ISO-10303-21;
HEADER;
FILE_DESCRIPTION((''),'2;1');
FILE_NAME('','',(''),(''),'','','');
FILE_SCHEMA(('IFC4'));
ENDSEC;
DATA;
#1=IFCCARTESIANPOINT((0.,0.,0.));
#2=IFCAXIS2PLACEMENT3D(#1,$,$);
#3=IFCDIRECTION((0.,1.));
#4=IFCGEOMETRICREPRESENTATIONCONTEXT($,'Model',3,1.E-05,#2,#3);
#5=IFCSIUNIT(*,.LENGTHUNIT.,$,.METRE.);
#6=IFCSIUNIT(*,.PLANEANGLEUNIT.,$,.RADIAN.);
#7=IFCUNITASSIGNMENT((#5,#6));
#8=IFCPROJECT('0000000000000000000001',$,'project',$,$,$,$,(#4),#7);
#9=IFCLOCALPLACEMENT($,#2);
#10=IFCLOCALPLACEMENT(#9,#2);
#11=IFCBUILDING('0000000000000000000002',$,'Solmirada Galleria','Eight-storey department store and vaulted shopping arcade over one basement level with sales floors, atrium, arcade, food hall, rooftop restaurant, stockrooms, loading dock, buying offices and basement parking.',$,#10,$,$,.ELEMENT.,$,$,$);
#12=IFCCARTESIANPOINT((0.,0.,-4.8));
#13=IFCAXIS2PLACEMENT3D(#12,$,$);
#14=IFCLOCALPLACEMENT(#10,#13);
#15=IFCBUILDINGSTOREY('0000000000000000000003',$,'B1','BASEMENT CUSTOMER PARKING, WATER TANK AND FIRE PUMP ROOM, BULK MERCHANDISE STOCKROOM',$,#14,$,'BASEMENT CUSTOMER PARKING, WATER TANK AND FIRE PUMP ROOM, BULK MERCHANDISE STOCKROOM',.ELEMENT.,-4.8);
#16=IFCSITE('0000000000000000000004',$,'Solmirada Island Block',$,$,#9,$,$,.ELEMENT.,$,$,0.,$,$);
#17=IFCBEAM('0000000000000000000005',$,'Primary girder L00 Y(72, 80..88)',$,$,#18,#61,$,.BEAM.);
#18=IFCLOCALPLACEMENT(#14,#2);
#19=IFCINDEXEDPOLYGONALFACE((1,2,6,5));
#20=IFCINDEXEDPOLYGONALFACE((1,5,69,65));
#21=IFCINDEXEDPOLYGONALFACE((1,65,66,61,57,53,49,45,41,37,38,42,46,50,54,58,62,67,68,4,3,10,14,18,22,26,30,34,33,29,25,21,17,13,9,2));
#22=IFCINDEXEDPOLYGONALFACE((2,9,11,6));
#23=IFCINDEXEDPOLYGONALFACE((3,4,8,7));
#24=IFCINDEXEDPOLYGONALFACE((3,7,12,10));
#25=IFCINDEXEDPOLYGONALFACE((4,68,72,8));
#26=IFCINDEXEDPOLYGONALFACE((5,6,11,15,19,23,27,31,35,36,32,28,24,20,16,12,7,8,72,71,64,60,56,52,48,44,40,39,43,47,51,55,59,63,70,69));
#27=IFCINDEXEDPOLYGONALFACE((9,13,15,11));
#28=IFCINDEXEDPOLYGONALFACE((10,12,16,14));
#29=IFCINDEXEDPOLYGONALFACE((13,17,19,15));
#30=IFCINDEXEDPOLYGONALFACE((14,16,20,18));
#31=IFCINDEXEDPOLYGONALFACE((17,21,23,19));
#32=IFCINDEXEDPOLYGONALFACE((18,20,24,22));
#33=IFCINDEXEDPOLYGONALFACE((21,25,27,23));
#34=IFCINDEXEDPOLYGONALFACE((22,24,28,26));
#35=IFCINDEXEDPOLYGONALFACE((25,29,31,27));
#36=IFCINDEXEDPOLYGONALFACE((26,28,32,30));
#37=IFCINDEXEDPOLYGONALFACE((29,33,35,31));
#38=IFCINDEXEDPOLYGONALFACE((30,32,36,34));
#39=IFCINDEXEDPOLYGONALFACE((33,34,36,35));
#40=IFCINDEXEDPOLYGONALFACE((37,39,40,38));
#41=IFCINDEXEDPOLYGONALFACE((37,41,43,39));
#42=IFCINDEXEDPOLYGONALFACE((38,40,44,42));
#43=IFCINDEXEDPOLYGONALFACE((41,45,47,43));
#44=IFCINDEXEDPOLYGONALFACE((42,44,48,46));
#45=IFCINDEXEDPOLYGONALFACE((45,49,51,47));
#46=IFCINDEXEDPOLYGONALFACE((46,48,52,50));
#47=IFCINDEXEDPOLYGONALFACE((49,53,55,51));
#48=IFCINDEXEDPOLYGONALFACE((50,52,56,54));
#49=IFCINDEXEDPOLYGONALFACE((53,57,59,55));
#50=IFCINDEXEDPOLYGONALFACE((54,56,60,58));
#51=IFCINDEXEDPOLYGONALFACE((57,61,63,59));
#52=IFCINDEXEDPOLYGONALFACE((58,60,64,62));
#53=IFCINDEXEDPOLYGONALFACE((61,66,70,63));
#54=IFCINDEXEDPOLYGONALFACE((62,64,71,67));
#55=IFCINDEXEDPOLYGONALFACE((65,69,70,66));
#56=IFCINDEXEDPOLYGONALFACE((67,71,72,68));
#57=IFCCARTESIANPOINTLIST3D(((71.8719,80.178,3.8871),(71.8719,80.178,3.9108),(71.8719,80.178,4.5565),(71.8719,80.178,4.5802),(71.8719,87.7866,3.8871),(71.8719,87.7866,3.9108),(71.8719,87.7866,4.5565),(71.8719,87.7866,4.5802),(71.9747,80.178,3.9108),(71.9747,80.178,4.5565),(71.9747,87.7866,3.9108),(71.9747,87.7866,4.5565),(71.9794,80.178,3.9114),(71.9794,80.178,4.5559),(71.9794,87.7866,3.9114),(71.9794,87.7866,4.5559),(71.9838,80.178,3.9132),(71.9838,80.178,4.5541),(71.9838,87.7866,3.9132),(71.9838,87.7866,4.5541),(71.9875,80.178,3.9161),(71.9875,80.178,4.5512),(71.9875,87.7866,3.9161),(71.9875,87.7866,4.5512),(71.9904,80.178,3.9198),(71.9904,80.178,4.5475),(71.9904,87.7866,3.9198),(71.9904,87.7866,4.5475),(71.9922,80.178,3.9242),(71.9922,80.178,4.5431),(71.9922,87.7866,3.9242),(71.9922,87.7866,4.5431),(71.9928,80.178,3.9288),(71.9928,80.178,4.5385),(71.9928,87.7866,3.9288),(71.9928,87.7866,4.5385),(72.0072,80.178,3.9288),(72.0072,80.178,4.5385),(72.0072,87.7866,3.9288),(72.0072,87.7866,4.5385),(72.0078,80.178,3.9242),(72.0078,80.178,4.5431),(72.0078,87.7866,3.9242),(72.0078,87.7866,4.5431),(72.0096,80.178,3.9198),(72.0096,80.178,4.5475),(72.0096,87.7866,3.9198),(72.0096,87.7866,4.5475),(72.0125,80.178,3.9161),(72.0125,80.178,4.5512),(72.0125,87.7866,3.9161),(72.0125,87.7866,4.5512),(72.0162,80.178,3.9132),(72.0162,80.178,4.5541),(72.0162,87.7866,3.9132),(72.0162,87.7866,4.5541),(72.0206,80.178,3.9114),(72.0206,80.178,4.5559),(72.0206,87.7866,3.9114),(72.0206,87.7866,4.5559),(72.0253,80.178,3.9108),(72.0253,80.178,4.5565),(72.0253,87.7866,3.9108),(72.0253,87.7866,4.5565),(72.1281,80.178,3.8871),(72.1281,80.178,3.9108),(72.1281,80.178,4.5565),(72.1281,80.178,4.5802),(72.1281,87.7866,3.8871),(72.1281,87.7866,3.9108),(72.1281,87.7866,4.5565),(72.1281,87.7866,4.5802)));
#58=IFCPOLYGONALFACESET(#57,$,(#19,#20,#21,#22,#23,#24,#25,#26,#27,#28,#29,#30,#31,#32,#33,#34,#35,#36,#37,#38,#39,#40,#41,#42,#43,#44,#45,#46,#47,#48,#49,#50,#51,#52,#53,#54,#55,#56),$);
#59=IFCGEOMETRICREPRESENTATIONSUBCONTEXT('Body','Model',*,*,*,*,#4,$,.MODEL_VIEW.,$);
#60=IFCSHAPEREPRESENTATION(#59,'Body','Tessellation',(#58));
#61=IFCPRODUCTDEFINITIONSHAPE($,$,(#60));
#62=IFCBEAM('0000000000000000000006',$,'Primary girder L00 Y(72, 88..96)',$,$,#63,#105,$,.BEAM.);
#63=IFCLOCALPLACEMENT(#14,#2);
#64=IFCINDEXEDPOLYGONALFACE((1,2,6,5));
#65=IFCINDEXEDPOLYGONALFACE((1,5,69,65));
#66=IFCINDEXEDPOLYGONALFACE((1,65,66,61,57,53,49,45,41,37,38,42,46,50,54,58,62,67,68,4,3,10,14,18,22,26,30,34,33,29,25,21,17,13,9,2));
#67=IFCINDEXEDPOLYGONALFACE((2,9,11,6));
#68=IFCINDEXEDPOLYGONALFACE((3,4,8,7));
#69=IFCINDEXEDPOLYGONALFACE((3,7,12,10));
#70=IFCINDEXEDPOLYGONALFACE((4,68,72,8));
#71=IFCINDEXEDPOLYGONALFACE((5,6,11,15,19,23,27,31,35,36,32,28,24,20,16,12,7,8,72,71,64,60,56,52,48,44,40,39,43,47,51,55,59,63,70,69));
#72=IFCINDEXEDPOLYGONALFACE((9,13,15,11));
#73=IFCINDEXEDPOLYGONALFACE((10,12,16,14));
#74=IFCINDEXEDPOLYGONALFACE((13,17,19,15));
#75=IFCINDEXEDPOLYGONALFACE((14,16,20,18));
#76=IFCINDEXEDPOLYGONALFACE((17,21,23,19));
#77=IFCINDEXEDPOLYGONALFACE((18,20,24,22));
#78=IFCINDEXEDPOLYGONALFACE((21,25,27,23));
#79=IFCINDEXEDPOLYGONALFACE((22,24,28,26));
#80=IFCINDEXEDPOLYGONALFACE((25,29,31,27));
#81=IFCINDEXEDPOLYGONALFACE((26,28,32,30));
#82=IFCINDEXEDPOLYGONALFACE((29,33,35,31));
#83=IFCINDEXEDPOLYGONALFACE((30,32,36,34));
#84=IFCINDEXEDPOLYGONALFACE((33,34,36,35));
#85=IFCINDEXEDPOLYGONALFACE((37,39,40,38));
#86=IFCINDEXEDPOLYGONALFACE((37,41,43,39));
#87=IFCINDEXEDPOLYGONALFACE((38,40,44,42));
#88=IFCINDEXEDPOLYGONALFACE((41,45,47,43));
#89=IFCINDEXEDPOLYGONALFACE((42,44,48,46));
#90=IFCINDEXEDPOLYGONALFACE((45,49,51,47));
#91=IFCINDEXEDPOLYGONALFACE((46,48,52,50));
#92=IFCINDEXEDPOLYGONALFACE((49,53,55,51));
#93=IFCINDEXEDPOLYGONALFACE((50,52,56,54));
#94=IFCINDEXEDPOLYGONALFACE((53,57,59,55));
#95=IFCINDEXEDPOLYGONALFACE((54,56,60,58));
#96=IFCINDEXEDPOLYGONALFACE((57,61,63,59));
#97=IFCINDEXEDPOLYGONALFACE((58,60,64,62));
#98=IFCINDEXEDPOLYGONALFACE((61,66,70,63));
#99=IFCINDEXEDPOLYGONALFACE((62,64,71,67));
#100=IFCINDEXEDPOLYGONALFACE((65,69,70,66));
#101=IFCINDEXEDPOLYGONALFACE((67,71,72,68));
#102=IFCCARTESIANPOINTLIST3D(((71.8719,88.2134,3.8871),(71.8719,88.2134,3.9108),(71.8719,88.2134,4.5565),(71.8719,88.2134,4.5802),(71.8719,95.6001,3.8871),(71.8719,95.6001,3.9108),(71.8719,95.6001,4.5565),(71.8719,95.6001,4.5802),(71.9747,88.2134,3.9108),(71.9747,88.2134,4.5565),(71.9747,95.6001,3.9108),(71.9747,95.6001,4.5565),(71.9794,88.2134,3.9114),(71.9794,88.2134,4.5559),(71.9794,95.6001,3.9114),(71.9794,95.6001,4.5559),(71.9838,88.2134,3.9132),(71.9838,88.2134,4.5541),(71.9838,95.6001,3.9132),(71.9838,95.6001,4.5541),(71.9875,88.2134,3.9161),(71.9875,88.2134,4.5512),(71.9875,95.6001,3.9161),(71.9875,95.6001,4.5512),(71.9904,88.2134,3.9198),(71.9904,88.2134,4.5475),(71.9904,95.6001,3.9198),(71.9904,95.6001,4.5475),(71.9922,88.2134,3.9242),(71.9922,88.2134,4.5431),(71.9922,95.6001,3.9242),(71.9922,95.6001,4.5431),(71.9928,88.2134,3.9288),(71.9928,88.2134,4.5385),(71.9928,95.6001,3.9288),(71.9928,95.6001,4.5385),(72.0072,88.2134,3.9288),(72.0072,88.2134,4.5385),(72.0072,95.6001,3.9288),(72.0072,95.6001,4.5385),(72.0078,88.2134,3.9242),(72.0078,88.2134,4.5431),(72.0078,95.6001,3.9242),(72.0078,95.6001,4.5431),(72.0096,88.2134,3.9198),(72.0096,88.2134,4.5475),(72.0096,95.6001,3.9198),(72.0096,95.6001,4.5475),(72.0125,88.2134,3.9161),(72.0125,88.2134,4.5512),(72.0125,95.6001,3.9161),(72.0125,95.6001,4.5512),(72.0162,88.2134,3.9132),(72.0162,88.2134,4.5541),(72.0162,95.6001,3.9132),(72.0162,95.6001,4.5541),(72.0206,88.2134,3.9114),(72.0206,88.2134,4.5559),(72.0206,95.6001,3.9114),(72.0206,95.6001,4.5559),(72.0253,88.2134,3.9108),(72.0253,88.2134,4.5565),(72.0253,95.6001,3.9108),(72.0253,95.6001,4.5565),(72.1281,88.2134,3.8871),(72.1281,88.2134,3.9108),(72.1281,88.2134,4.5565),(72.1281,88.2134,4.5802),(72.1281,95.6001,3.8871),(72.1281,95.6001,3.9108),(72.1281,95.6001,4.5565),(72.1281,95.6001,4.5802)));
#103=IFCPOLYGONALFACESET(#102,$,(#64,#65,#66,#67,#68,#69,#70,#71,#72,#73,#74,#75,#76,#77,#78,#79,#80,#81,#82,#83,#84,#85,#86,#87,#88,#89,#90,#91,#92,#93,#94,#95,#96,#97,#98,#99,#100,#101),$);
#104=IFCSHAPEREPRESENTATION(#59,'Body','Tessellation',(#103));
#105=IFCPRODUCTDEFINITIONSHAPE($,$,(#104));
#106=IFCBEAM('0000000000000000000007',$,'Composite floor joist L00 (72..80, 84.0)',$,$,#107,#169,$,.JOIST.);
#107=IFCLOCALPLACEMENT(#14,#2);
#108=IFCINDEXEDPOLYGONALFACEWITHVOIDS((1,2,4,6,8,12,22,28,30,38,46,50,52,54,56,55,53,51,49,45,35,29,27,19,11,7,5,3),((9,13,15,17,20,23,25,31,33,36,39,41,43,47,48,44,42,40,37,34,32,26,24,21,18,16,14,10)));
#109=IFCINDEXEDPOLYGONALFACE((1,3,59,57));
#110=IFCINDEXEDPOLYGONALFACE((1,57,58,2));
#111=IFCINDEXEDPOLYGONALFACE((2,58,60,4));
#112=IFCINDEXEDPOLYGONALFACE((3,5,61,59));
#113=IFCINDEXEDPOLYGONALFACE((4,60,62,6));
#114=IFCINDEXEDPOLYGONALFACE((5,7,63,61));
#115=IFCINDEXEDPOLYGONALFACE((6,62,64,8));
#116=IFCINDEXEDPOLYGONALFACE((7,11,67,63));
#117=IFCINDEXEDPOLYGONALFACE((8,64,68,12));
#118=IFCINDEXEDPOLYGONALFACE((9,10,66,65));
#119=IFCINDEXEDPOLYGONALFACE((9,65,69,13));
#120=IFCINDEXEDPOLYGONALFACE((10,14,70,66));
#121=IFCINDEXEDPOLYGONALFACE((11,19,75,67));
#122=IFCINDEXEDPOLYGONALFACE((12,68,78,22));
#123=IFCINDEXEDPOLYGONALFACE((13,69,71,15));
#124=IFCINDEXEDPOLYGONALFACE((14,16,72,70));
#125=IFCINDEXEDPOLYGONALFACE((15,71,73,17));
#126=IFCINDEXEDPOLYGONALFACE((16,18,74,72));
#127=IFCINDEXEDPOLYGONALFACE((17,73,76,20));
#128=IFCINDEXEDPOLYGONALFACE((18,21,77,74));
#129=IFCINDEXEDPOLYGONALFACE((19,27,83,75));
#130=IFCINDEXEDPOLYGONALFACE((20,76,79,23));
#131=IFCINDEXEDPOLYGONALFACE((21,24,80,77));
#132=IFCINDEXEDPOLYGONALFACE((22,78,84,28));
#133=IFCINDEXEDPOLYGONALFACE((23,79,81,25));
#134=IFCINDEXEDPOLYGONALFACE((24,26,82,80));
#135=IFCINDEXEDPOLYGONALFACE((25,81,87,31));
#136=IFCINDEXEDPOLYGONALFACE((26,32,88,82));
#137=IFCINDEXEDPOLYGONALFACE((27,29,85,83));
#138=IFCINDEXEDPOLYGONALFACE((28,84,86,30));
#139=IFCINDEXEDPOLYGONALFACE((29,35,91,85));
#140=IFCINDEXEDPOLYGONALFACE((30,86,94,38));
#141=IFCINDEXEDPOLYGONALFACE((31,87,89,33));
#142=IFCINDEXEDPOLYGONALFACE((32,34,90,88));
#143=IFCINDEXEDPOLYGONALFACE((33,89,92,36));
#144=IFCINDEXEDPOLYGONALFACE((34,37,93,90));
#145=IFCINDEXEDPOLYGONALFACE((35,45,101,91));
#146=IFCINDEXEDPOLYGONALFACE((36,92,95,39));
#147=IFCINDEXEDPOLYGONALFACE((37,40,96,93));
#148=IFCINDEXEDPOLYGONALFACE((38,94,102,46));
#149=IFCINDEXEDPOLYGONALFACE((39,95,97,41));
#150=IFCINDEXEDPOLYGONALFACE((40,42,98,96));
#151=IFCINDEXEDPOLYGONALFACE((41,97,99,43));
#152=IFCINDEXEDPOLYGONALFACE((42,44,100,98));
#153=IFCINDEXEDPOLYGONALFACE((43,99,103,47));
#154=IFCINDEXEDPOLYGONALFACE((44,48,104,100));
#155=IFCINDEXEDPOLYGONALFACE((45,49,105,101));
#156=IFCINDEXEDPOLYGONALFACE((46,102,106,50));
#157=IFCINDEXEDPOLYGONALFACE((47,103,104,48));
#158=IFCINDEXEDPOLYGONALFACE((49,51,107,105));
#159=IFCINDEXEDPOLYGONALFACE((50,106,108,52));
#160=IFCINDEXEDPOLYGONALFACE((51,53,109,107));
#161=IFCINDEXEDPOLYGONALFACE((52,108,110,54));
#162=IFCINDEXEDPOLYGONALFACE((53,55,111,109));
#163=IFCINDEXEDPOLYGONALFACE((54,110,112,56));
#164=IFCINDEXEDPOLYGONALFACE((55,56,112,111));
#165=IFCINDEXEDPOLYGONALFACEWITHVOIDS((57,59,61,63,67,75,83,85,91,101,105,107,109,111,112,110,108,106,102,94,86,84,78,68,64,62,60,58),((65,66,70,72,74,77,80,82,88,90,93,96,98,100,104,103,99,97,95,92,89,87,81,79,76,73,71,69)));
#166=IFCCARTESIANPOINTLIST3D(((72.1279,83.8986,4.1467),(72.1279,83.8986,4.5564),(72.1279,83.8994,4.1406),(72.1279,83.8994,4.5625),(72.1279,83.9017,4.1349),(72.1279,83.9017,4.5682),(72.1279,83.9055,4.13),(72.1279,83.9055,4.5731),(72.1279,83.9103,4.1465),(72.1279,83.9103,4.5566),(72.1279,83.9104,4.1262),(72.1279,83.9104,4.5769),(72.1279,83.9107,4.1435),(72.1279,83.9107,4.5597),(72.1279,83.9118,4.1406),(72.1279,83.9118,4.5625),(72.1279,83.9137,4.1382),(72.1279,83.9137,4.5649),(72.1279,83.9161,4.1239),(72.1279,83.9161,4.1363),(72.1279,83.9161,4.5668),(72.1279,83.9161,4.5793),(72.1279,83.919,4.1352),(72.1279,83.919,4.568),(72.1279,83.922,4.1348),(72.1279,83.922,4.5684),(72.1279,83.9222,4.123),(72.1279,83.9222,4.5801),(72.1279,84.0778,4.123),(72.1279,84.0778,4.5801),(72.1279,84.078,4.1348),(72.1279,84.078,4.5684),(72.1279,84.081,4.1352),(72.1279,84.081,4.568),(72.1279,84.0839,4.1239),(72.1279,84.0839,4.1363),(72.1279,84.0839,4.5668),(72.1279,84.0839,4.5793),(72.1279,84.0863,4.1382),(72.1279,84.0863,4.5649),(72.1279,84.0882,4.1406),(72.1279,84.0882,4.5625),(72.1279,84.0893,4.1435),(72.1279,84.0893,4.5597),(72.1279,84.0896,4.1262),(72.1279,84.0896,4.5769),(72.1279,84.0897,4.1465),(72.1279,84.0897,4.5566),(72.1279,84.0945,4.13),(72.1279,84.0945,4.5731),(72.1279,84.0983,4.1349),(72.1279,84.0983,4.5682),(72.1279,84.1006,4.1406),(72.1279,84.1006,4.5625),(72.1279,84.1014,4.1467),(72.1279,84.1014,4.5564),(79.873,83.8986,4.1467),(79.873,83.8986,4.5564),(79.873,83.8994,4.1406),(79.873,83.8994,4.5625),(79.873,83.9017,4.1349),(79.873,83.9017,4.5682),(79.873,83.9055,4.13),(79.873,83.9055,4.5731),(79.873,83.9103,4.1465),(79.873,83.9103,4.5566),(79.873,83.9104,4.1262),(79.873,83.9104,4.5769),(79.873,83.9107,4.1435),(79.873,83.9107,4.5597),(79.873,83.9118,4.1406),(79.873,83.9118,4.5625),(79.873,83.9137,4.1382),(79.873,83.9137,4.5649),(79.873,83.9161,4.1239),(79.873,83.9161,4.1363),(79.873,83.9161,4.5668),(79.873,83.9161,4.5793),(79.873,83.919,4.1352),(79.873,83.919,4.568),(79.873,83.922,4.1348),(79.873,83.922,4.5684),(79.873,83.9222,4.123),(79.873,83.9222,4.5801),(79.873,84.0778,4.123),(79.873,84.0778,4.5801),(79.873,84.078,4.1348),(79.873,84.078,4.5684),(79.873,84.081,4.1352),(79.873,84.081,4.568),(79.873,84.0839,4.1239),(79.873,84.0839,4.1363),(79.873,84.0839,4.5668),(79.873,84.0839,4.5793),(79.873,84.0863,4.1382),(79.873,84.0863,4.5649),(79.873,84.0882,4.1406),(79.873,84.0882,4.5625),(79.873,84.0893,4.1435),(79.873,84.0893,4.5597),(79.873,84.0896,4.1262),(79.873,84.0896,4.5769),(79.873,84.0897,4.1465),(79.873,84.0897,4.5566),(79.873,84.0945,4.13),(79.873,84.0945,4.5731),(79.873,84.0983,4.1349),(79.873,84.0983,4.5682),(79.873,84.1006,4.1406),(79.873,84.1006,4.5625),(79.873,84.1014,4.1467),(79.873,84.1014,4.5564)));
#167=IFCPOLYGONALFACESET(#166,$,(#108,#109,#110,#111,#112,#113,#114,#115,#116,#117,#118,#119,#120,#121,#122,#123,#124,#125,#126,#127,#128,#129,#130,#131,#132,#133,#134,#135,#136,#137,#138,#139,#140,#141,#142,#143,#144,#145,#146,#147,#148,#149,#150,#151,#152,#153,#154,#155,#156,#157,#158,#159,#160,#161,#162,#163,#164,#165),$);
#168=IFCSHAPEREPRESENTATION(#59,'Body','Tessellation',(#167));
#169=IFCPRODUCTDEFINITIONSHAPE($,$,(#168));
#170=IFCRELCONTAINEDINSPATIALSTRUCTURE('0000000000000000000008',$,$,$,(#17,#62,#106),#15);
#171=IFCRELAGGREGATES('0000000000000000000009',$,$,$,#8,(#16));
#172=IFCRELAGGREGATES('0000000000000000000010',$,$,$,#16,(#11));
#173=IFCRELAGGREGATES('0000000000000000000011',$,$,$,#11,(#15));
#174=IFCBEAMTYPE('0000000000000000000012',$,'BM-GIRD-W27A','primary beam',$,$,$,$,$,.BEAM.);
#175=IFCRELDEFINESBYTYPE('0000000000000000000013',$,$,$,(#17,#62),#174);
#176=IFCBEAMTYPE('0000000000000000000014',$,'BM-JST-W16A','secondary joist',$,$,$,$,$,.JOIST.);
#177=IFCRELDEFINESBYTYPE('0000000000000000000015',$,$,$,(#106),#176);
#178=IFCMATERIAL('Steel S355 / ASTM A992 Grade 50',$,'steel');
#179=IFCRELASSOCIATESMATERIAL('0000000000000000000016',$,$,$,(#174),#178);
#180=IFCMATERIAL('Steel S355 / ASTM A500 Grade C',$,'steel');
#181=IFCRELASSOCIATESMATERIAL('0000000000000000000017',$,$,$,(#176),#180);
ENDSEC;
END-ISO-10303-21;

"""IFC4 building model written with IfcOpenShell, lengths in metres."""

from ifc_helpers import new_model, si_unit, direction, frame, origin, origin_2d, place, context, subcontext, project, spatial, hollow_rectangle, i_section, extrude, material, material_profile, profile_set, type_object, element, save


model = new_model("IFC4")

# Units and contexts
model_context = context("Model", 3, precision=1e-05, world=origin(), true_north=direction((0.0, 1.0)))
body_context = subcontext(model_context, "Body", "Model", "MODEL_VIEW")
ifc_project = project(units=[si_unit("LENGTHUNIT", "METRE"), si_unit("PLANEANGLEUNIT", "RADIAN")], contexts=[model_context])

# Site, building, storey
site_placement = place(None, origin())
site = spatial("IfcSite", under=ifc_project, at=site_placement, Name="Solmirada Island Block", CompositionType="ELEMENT", RefElevation=0.0)
building_placement = place(site_placement, origin())
building = spatial("IfcBuilding", under=site, at=building_placement, Name="Solmirada Galleria", Description="Eight-storey department store and vaulted shopping arcade over one basement level with sales floors, atrium, arcade, food hall, rooftop restaurant, stockrooms, loading dock, buying offices and basement parking.", CompositionType="ELEMENT")
storey_placement = place(building_placement, frame((0.0, 0.0, -4.8)))
storey = spatial("IfcBuildingStorey", under=building, at=storey_placement, Name="B1", Description="BASEMENT CUSTOMER PARKING, WATER TANK AND FIRE PUMP ROOM, BULK MERCHANDISE STOCKROOM", LongName="BASEMENT CUSTOMER PARKING, WATER TANK AND FIRE PUMP ROOM, BULK MERCHANDISE STOCKROOM", CompositionType="ELEMENT", Elevation=-4.8)

# Shared definitions
ifc_material_1 = material(Name="Steel S355 / ASTM A500 Grade C", Category="steel")

# Beams
ifc_material_2 = material(Name="Steel S355 / ASTM A992 Grade 50", Category="steel")
ifc_material_profile_1 = material_profile(ifc_material_2, i_section(OverallWidth=0.2561, OverallDepth=0.6931, WebThickness=0.0144, FlangeThickness=0.0237, FilletRadius=0.0181, at=origin_2d()), Name="W27X114")
ifc_profile_set_1 = profile_set([ifc_material_profile_1], Name="Steel S355 / ASTM A992 Grade 50")
beam_type_1 = type_object("IfcBeamType", Name="BM-GIRD-W27A", Description="primary beam", PredefinedType="BEAM", material=ifc_profile_set_1)
beam_1_placement = place(storey_placement, frame((72.0, 80.178, 4.2336), z_axis=(0.0, 1.0, 0.0), x_axis=(-1.0, 0.0, 0.0)))
element("IfcBeam", 1, at=beam_1_placement, inside=storey, type_object=beam_type_1, Name="Primary girder L00 Y(72, 80..88)", PredefinedType="BEAM", context=body_context, shape_type="SweptSolid", body=[
    extrude(i_section(OverallWidth=0.2561, OverallDepth=0.6931, WebThickness=0.0144, FlangeThickness=0.0237, FilletRadius=0.0181, at=origin_2d()), origin(), (0.0, 0.0, 1.0), 7.6086),
])
beam_2_placement = place(storey_placement, frame((72.0, 88.2134, 4.2336), z_axis=(0.0, 1.0, 0.0), x_axis=(-1.0, 0.0, 0.0)))
element("IfcBeam", 2, at=beam_2_placement, inside=storey, type_object=beam_type_1, Name="Primary girder L00 Y(72, 88..96)", PredefinedType="BEAM", context=body_context, shape_type="SweptSolid", body=[
    extrude(i_section(OverallWidth=0.2561, OverallDepth=0.6931, WebThickness=0.0144, FlangeThickness=0.0237, FilletRadius=0.0181, at=origin_2d()), origin(), (0.0, 0.0, 1.0), 7.3867),
])
ifc_material_profile_2 = material_profile(ifc_material_1, hollow_rectangle(XDim=0.2029, YDim=0.457, WallThickness=0.0117, InnerFilletRadius=0.0117, OuterFilletRadius=0.0237, at=origin_2d()), Name="HSS18X8X1/2")
ifc_profile_set_2 = profile_set([ifc_material_profile_2], Name="Steel S355 / ASTM A500 Grade C")
beam_type_2 = type_object("IfcBeamType", Name="BM-JST-W16A", Description="secondary joist", PredefinedType="JOIST", material=ifc_profile_set_2)
for number, where, z_axis, x_axis, name in (
    (3, (72.1279, 84.0, 4.3516), (1.0, 0.0, 0.0), (0.0, 1.0, 0.0), "Composite floor joist L00 (72..80, 84.0)"),
):
    element("IfcBeam", number, at=place(storey_placement, frame(where, z_axis=z_axis, x_axis=x_axis)), inside=storey, type_object=beam_type_2, Name=name, PredefinedType="JOIST", context=body_context, shape_type="SweptSolid", body=[
        extrude(hollow_rectangle(XDim=0.2029, YDim=0.457, WallThickness=0.0117, InnerFilletRadius=0.0117, OuterFilletRadius=0.0237, at=origin_2d()), origin(), (0.0, 0.0, 1.0), 7.7451),
    ])

save(model, "model.ifc")
